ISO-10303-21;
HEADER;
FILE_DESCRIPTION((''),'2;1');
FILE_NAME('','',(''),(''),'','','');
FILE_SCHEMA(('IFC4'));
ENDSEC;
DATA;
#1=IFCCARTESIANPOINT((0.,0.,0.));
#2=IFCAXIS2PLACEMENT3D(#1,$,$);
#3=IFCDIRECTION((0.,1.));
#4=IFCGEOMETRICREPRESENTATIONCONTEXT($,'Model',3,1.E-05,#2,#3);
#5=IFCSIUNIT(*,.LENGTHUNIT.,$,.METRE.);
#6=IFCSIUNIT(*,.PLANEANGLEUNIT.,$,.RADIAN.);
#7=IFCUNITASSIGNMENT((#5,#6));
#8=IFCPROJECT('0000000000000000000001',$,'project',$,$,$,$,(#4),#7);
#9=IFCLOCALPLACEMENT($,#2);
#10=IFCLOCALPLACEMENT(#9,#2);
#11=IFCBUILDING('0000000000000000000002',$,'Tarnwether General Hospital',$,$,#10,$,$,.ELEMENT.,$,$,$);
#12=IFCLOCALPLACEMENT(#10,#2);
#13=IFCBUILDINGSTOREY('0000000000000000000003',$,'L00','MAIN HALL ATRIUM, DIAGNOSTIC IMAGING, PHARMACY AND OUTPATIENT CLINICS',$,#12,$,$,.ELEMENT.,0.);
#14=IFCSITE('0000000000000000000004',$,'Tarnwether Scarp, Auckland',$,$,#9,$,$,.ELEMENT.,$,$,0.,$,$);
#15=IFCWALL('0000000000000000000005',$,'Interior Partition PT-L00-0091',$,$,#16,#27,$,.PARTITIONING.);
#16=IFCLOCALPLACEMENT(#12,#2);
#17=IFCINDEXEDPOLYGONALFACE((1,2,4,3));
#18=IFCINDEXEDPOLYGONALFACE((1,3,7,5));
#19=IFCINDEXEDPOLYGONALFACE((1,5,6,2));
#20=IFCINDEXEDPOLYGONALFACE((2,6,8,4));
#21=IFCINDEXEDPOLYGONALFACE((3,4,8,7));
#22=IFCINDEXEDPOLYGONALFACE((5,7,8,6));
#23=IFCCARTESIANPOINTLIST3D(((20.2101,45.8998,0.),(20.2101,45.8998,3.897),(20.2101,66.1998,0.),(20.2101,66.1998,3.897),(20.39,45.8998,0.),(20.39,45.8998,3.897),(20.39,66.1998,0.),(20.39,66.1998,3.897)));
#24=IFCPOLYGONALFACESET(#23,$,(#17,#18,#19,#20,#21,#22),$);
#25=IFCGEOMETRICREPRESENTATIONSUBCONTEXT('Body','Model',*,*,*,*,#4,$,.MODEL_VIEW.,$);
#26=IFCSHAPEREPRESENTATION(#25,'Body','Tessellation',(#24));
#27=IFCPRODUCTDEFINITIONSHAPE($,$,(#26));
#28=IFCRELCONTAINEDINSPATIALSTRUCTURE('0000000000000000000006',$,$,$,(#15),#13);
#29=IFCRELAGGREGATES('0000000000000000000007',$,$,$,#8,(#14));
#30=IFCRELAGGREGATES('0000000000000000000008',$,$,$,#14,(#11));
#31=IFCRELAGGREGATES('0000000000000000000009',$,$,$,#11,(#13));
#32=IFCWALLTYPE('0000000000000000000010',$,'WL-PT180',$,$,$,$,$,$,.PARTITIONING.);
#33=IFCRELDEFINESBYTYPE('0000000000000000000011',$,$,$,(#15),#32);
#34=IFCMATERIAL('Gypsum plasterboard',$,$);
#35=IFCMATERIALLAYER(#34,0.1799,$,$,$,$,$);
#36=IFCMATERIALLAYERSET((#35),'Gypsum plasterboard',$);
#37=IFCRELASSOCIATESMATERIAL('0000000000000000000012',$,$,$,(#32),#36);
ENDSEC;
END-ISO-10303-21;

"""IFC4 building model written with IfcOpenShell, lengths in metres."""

from ifc_helpers import new_model, si_unit, direction, frame, frame_2d, origin, place, context, subcontext, project, spatial, rectangle, extrude, material, layer, layer_set, type_object, element, save


model = new_model("IFC4")

# Units and contexts
model_context = context("Model", 3, precision=1e-05, world=origin(), true_north=direction((0.0, 1.0)))
body_context = subcontext(model_context, "Body", "Model", "MODEL_VIEW")
ifc_project = project(units=[si_unit("LENGTHUNIT", "METRE"), si_unit("PLANEANGLEUNIT", "RADIAN")], contexts=[model_context])

# Site, building, storey
site_placement = place(None, origin())
site = spatial("IfcSite", under=ifc_project, at=site_placement, Name="Tarnwether Scarp, Auckland", CompositionType="ELEMENT", RefElevation=0.0)
building_placement = place(site_placement, origin())
building = spatial("IfcBuilding", under=site, at=building_placement, Name="Tarnwether General Hospital", CompositionType="ELEMENT")
storey_placement = place(building_placement, origin())
storey = spatial("IfcBuildingStorey", under=building, at=storey_placement, Name="L00", Description="MAIN HALL ATRIUM, DIAGNOSTIC IMAGING, PHARMACY AND OUTPATIENT CLINICS", CompositionType="ELEMENT", Elevation=0.0)

# Wall
ifc_material_1 = material(Name="Gypsum plasterboard")
ifc_layer_1 = layer(ifc_material_1, 0.1799)
ifc_layer_set_1 = layer_set([ifc_layer_1], Name="Gypsum plasterboard")
wall_type = type_object("IfcWallType", Name="WL-PT180", PredefinedType="PARTITIONING", material=ifc_layer_set_1)
wall_1_placement = place(storey_placement, frame((20.3, 45.8999, 0.0), z_axis=(0.0, 0.0, 1.0), x_axis=(0.0, 1.0, 0.0)))
element("IfcWall", 1, at=wall_1_placement, inside=storey, type_object=wall_type, Name="Interior Partition PT-L00-0091", PredefinedType="PARTITIONING", context=body_context, shape_type="SweptSolid", body=[
    extrude(rectangle(XDim=20.3, YDim=0.1799, at=frame_2d((10.1499, 0.0))), origin(), (0.0, 0.0, 1.0), 3.897),
])

save(model, "model.ifc")
